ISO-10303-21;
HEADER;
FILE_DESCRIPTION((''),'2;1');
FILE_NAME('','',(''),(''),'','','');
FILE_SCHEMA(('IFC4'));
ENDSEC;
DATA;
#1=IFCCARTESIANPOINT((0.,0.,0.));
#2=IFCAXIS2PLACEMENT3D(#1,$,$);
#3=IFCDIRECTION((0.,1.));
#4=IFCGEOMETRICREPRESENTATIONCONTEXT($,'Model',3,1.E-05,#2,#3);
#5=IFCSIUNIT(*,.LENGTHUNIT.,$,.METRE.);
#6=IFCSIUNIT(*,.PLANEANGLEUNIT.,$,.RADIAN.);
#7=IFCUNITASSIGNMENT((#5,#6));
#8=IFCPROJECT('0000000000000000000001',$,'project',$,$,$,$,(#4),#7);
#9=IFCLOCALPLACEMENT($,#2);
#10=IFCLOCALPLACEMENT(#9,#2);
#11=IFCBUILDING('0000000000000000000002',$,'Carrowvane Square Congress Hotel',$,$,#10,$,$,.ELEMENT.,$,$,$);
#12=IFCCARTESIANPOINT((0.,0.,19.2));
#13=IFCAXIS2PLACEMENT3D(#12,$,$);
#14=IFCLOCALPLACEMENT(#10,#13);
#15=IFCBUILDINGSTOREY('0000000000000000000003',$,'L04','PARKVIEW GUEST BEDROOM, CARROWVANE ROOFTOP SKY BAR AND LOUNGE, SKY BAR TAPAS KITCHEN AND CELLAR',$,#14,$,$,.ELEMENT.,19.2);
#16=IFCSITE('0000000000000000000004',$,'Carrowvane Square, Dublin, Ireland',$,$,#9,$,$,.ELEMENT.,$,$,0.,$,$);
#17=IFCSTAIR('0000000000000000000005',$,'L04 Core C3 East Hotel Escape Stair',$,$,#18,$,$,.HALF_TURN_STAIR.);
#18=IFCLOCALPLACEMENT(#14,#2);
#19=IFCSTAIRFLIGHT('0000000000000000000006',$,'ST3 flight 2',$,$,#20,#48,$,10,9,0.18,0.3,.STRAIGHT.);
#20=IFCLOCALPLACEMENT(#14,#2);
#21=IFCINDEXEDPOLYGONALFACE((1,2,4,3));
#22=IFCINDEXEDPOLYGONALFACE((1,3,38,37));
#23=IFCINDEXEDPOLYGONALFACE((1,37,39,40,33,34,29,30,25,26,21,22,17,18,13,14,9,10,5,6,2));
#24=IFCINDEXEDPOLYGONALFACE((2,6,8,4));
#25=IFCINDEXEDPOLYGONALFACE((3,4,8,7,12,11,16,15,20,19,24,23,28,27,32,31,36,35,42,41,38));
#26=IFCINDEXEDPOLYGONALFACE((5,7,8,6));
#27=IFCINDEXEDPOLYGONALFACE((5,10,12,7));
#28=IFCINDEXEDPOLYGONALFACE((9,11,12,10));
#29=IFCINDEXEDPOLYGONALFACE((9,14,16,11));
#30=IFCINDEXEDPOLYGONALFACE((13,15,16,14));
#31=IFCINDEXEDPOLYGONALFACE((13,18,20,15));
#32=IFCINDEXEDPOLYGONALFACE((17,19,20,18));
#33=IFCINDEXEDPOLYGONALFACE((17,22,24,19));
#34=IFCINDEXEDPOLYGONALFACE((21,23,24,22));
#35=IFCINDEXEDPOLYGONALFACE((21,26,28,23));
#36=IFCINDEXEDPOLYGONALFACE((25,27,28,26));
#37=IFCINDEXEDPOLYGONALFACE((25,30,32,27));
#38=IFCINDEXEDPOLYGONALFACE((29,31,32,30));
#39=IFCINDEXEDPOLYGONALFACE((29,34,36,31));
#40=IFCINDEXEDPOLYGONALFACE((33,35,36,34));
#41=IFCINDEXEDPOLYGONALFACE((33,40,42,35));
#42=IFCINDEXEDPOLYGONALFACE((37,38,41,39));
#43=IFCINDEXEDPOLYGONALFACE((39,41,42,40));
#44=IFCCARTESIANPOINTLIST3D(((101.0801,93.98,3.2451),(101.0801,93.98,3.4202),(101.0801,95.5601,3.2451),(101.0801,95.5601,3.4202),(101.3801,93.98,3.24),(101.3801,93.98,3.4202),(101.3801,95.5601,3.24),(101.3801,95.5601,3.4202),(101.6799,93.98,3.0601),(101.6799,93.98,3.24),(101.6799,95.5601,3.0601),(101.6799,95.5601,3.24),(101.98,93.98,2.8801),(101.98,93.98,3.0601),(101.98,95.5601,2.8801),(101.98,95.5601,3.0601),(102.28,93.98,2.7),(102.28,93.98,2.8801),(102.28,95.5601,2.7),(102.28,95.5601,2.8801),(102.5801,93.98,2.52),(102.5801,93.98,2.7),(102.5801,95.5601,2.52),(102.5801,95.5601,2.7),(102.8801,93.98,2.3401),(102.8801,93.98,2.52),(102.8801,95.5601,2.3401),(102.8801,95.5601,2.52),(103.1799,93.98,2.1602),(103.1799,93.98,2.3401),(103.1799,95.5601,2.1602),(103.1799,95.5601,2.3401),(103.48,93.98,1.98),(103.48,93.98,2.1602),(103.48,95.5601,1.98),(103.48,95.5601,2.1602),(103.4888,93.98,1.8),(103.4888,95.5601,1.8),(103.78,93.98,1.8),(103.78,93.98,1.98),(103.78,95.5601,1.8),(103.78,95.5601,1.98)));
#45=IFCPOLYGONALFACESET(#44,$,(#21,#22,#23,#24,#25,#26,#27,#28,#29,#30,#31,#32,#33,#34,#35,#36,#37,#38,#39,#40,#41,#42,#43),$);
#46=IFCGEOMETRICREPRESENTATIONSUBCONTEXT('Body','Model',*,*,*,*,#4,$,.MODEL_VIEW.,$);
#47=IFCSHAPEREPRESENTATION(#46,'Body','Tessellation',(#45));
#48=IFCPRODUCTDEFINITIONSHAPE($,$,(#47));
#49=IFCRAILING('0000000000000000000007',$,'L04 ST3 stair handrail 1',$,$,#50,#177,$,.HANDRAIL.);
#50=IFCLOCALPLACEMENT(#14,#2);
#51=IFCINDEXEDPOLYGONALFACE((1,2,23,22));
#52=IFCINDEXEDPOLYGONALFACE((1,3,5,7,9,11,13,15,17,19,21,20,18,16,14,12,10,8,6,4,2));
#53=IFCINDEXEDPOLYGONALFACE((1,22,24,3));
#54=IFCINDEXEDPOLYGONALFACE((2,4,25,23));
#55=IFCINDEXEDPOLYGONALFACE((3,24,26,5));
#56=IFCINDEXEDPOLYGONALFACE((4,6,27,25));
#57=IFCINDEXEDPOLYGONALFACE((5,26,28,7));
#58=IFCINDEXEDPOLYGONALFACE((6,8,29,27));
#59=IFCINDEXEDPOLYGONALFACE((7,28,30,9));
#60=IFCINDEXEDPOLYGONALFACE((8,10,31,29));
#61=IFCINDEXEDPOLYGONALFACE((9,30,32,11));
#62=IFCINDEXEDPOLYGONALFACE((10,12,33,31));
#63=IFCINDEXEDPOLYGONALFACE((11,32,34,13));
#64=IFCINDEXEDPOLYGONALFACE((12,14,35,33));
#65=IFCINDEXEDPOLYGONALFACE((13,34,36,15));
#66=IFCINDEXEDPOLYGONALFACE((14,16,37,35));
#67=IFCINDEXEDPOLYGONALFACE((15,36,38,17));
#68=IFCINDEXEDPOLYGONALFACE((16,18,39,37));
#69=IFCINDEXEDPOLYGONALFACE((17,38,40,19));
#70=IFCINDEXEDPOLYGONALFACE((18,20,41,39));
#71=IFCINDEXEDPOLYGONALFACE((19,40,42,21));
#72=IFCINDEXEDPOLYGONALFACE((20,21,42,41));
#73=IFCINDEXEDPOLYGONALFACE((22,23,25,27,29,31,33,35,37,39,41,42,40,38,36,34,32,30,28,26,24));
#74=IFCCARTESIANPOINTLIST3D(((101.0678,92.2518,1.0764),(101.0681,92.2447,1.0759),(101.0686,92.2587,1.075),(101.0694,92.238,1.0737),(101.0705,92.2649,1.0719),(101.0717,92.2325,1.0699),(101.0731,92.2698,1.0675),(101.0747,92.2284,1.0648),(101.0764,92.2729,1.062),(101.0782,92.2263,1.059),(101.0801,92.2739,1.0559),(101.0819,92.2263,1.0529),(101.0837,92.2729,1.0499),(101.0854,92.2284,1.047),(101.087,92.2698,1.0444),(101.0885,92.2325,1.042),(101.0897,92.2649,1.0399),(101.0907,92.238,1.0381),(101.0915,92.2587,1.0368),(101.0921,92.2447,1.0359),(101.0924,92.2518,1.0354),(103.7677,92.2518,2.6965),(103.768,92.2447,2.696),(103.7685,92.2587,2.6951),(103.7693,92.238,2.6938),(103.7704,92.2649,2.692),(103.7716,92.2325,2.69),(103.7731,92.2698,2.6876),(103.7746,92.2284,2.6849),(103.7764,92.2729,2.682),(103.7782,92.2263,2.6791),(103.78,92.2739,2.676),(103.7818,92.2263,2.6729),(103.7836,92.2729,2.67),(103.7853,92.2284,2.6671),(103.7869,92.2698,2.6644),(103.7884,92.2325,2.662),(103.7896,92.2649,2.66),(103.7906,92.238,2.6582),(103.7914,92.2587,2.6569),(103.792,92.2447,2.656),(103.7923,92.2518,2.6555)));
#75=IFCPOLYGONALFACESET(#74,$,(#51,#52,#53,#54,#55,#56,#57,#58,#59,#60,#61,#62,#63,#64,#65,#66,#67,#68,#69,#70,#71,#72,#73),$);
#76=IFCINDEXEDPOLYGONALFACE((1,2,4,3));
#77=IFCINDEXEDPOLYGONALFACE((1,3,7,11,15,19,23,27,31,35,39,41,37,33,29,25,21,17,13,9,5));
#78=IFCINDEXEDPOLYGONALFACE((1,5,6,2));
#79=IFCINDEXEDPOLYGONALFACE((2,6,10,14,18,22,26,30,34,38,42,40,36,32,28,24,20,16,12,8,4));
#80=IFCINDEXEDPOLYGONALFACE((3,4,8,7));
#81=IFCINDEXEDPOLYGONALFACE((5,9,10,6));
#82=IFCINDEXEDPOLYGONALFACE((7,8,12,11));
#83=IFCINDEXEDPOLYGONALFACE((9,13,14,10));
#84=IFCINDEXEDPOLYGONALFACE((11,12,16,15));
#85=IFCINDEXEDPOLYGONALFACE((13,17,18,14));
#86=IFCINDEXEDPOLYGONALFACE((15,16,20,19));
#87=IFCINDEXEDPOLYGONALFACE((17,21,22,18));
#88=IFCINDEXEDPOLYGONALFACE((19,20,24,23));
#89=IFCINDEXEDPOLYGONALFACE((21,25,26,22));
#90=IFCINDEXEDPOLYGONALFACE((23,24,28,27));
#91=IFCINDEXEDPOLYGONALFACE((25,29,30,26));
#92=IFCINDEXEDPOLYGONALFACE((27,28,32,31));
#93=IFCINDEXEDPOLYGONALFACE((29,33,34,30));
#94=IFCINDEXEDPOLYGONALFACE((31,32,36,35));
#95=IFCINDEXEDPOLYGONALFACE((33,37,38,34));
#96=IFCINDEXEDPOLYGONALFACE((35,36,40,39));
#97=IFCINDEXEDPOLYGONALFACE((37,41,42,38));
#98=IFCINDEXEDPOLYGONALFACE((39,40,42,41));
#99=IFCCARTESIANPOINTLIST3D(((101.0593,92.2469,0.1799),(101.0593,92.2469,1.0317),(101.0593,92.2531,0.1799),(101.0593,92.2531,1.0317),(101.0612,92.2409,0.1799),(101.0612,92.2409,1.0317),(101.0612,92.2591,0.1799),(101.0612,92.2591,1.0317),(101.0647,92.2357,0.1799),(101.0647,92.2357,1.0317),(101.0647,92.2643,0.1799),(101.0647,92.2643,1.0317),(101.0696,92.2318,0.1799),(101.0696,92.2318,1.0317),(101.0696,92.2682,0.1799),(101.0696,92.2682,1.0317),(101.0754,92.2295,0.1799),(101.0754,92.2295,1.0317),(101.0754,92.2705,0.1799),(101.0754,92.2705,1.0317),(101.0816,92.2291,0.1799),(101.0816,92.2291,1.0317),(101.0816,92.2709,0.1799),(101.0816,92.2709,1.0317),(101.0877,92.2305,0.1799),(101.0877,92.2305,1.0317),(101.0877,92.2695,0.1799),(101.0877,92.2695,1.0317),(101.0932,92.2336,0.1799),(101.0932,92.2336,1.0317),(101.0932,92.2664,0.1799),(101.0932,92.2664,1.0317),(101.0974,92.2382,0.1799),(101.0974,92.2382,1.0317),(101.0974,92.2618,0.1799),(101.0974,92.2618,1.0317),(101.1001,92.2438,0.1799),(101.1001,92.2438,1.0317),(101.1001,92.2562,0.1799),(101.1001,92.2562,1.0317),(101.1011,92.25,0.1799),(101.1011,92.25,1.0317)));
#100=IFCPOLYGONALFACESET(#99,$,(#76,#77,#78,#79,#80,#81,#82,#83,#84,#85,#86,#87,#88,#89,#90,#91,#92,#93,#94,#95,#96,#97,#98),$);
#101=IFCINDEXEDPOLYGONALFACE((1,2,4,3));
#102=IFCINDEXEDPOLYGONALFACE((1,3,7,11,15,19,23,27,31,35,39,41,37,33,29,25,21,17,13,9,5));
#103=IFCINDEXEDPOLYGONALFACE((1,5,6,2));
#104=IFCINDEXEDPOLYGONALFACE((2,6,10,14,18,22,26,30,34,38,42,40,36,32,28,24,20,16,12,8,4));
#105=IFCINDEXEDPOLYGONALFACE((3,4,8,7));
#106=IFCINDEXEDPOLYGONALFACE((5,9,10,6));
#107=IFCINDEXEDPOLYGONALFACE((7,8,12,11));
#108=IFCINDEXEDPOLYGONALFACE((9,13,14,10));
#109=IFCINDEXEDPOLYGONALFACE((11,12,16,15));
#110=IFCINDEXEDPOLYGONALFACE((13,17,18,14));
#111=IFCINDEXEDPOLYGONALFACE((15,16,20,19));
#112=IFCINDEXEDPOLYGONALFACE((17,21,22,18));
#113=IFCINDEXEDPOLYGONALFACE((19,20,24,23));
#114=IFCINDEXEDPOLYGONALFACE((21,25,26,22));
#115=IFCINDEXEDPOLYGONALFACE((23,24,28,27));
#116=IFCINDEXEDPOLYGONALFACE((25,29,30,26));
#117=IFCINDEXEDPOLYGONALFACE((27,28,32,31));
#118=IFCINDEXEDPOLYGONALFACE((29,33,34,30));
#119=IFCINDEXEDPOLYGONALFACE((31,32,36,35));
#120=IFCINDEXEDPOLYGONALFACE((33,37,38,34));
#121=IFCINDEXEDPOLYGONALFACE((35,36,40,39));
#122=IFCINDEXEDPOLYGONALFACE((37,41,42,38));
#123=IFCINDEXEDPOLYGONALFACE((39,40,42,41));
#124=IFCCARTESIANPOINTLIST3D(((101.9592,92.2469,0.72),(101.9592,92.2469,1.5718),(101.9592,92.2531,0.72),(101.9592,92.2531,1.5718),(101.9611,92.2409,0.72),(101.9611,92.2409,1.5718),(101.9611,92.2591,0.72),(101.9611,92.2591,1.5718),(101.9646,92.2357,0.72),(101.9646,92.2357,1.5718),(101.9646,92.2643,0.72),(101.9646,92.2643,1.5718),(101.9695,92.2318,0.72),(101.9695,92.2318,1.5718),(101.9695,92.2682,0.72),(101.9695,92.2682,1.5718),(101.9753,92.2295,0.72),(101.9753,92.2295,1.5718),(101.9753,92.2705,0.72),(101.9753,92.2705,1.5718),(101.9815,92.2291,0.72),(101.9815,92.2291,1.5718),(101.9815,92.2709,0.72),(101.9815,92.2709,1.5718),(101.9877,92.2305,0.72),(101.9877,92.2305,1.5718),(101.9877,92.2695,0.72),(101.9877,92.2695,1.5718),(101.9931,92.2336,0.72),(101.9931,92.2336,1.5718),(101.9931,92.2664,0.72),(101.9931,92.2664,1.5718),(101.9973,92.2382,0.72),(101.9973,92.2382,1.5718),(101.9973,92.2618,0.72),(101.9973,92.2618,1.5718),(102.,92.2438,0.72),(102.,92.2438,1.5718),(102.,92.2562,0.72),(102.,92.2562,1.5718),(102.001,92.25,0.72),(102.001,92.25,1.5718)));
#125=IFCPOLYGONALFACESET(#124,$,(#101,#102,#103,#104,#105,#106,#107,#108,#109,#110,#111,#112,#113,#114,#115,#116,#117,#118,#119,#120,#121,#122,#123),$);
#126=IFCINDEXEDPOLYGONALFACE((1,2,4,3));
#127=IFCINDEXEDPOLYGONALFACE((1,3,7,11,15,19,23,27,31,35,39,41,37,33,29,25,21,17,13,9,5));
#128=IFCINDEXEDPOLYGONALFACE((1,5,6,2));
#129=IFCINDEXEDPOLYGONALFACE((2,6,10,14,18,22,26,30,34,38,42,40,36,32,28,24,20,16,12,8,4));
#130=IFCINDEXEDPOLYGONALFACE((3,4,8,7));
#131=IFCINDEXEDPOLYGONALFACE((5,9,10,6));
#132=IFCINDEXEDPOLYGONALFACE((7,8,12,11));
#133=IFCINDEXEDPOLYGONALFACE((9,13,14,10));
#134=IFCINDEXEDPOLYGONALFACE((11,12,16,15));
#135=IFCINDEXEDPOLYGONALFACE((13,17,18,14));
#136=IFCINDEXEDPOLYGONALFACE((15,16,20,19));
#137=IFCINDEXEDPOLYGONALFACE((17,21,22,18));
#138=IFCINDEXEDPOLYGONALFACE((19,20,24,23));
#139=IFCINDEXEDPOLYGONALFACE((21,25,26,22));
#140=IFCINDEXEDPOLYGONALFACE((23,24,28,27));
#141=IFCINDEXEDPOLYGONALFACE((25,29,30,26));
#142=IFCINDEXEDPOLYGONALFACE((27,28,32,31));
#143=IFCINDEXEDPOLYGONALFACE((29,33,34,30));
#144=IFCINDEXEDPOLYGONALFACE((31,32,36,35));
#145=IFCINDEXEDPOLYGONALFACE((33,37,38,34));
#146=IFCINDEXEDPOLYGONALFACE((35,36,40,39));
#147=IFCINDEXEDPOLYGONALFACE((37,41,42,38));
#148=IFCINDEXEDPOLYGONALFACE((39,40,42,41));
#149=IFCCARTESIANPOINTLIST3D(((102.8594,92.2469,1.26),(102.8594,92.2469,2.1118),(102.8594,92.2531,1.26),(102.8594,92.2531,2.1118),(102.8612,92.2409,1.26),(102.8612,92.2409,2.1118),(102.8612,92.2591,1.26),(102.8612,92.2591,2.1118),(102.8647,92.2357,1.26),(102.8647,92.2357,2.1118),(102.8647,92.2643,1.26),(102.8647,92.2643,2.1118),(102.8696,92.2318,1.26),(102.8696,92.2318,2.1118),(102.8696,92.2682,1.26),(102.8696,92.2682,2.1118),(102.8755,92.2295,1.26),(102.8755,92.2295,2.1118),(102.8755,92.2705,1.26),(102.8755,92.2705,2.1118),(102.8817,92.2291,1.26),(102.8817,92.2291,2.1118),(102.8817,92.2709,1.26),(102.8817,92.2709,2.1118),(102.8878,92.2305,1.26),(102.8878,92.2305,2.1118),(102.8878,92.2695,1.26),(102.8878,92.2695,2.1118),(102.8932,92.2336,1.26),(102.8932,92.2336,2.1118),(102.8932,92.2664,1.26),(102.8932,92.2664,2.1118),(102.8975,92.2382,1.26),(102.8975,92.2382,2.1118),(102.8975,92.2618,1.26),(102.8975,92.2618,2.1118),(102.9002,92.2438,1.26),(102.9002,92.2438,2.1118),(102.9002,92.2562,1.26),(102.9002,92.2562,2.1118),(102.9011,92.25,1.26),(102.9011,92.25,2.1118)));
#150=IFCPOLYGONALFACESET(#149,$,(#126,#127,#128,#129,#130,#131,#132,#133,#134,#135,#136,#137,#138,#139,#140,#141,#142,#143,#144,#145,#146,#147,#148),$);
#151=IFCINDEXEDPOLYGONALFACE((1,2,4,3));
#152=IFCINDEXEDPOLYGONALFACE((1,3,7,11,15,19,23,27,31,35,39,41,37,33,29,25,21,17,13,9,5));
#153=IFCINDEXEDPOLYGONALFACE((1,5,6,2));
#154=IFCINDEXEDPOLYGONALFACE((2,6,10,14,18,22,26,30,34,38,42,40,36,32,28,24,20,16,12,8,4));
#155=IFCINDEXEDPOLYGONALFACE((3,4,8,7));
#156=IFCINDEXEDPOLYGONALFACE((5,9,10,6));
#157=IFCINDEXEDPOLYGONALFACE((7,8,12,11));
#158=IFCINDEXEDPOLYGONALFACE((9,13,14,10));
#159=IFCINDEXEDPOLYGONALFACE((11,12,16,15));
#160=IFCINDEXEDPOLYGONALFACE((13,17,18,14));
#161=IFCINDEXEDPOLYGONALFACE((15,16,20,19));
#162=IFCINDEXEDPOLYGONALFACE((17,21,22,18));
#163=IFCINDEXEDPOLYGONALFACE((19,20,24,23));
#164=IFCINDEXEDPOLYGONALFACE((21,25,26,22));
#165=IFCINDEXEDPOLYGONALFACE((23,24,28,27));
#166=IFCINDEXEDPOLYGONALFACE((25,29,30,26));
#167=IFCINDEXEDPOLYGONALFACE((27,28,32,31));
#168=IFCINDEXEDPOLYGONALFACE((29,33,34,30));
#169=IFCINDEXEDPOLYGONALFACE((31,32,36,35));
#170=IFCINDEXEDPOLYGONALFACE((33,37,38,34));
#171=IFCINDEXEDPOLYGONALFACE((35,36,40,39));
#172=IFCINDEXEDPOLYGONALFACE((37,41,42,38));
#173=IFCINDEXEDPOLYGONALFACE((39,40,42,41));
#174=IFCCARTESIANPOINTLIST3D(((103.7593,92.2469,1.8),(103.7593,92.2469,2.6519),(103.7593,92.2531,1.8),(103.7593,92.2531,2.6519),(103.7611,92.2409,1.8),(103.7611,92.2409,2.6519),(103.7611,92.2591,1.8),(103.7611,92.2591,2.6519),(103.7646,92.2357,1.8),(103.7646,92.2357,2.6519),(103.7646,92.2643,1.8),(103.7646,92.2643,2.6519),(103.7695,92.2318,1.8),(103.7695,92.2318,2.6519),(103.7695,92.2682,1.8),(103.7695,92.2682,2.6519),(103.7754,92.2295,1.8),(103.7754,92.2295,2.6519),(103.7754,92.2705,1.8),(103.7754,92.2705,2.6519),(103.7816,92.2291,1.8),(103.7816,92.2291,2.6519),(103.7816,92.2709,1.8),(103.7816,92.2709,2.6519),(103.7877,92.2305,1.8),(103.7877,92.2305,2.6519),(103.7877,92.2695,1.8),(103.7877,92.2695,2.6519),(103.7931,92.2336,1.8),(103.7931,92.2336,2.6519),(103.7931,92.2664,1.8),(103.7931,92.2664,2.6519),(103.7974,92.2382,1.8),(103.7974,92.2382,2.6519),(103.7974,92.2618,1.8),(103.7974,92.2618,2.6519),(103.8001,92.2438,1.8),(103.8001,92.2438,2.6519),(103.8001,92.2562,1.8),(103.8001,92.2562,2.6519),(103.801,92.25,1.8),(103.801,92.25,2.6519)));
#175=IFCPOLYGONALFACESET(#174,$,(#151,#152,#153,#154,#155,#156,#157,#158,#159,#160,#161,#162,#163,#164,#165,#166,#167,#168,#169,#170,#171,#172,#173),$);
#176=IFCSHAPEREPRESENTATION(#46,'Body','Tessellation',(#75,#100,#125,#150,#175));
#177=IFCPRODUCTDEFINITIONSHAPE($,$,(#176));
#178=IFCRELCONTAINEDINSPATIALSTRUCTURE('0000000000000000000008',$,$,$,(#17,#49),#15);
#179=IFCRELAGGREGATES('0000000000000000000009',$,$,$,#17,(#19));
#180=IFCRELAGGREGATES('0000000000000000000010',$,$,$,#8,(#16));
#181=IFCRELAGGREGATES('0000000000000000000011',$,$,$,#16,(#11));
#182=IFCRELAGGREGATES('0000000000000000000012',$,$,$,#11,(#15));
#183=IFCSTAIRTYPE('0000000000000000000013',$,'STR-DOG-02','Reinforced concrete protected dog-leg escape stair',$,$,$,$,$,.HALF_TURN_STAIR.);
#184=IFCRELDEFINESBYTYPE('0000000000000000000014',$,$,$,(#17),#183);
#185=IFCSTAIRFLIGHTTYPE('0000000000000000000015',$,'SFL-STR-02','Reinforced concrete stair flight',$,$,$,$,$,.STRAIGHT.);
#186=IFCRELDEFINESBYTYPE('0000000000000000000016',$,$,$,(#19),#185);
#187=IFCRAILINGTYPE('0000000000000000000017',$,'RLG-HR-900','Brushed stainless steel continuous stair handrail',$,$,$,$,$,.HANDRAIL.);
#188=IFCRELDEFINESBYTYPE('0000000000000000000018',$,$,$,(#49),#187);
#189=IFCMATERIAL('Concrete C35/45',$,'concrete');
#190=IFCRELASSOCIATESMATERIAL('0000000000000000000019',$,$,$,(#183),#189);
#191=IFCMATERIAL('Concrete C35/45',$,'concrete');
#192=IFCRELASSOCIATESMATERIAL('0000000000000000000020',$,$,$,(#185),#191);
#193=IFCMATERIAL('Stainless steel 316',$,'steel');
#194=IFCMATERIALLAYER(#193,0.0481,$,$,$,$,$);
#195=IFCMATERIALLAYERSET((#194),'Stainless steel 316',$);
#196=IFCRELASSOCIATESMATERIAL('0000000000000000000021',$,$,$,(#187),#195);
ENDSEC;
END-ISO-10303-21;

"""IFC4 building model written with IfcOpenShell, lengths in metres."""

from ifc_helpers import new_model, si_unit, direction, frame, origin, origin_2d, place, context, subcontext, project, spatial, polyline, circle, outline, extrude, material, layer, layer_set, type_object, element, aggregate, save


model = new_model("IFC4")

# Units and contexts
model_context = context("Model", 3, precision=1e-05, world=origin(), true_north=direction((0.0, 1.0)))
body_context = subcontext(model_context, "Body", "Model", "MODEL_VIEW")
ifc_project = project(units=[si_unit("LENGTHUNIT", "METRE"), si_unit("PLANEANGLEUNIT", "RADIAN")], contexts=[model_context])

# Site, building, storey
site_placement = place(None, origin())
site = spatial("IfcSite", under=ifc_project, at=site_placement, Name="Carrowvane Square, Dublin, Ireland", CompositionType="ELEMENT", RefElevation=0.0)
building_placement = place(site_placement, origin())
building = spatial("IfcBuilding", under=site, at=building_placement, Name="Carrowvane Square Congress Hotel", CompositionType="ELEMENT")
storey_placement = place(building_placement, frame((0.0, 0.0, 19.2)))
storey = spatial("IfcBuildingStorey", under=building, at=storey_placement, Name="L04", Description="PARKVIEW GUEST BEDROOM, CARROWVANE ROOFTOP SKY BAR AND LOUNGE, SKY BAR TAPAS KITCHEN AND CELLAR", CompositionType="ELEMENT", Elevation=19.2)

# Stair, stair flight
ifc_material_1 = material(Name="Concrete C35/45", Category="concrete")
stair_type = type_object("IfcStairType", Name="STR-DOG-02", Description="Reinforced concrete protected dog-leg escape stair", PredefinedType="HALF_TURN_STAIR", material=ifc_material_1)
stair_placement = place(storey_placement, origin())
stair = element("IfcStair", 1, at=stair_placement, inside=storey, type_object=stair_type, Name="L04 Core C3 East Hotel Escape Stair", PredefinedType="HALF_TURN_STAIR")
ifc_material_2 = material(Name="Concrete C35/45", Category="concrete")
stair_flight_type = type_object("IfcStairFlightType", Name="SFL-STR-02", Description="Reinforced concrete stair flight", PredefinedType="STRAIGHT", material=ifc_material_2)
stair_flight_1_placement = place(storey_placement, frame((103.78, 94.77, 1.8), z_axis=(0.0, 0.0, 1.0), x_axis=(-1.0, 0.0, 0.0)))
stair_flight_1 = element("IfcStairFlight", 2, at=stair_flight_1_placement, type_object=stair_flight_type, Name="ST3 flight 2", NumberOfRisers=10, NumberOfTreads=9, PredefinedType="STRAIGHT", RiserHeight=0.18, TreadLength=0.3, context=body_context, shape_type="SweptSolid", body=[
    extrude(outline(polyline([(0.0, 0.0), (0.0, 0.1799), (0.3, 0.1799), (0.3, 0.3601), (0.6001, 0.3601), (0.6001, 0.54), (0.8999, 0.54), (0.8999, 0.72), (1.2, 0.72), (1.2, 0.8999), (1.5, 0.8999), (1.5, 1.0801), (1.8, 1.0801), (1.8, 1.26), (2.1001, 1.26), (2.1001, 1.4399), (2.3999, 1.4399), (2.3999, 1.6201), (2.7, 1.6201), (2.7, 1.8), (2.7, 1.4451), (0.2913, 0.0), (0.0, 0.0)])), frame((0.0, 0.79, 0.0), z_axis=(0.0, -1.0, 0.0), x_axis=(1.0, 0.0, 0.0)), (0.0, 0.0, 1.0), 1.5801),
])
aggregate(stair, [stair_flight_1])

# Railing
ifc_material_3 = material(Name="Stainless steel 316", Category="steel")
ifc_layer_1 = layer(ifc_material_3, 0.0481)
ifc_layer_set_1 = layer_set([ifc_layer_1], Name="Stainless steel 316")
railing_type_1 = type_object("IfcRailingType", Name="RLG-HR-900", Description="Brushed stainless steel continuous stair handrail", PredefinedType="HANDRAIL", material=ifc_layer_set_1)
railing_1_placement = place(storey_placement, frame((101.0801, 92.25, 0.1799)))
element("IfcRailing", 3, at=railing_1_placement, inside=storey, type_object=railing_type_1, Name="L04 ST3 stair handrail 1", PredefinedType="HANDRAIL", context=body_context, shape_type="SweptSolid", body=[
    extrude(circle(Radius=0.0239, at=origin_2d()), frame((0.0, 0.0, 0.876), z_axis=(0.857472, 0.0, 0.51453), x_axis=(0.0, 1.0, 0.0)), (0.0, 0.0, 1.0), 3.1487),
    extrude(circle(Radius=0.021, at=origin_2d()), origin(), (0.0, 0.0, 1.0), 0.8518),
    extrude(circle(Radius=0.021, at=origin_2d()), frame((0.8999, 0.0, 0.54)), (0.0, 0.0, 1.0), 0.8518),
    extrude(circle(Radius=0.021, at=origin_2d()), frame((1.8, 0.0, 1.0801)), (0.0, 0.0, 1.0), 0.8518),
    extrude(circle(Radius=0.021, at=origin_2d()), frame((2.7, 0.0, 1.6201)), (0.0, 0.0, 1.0), 0.8518),
])

save(model, "model.ifc")
